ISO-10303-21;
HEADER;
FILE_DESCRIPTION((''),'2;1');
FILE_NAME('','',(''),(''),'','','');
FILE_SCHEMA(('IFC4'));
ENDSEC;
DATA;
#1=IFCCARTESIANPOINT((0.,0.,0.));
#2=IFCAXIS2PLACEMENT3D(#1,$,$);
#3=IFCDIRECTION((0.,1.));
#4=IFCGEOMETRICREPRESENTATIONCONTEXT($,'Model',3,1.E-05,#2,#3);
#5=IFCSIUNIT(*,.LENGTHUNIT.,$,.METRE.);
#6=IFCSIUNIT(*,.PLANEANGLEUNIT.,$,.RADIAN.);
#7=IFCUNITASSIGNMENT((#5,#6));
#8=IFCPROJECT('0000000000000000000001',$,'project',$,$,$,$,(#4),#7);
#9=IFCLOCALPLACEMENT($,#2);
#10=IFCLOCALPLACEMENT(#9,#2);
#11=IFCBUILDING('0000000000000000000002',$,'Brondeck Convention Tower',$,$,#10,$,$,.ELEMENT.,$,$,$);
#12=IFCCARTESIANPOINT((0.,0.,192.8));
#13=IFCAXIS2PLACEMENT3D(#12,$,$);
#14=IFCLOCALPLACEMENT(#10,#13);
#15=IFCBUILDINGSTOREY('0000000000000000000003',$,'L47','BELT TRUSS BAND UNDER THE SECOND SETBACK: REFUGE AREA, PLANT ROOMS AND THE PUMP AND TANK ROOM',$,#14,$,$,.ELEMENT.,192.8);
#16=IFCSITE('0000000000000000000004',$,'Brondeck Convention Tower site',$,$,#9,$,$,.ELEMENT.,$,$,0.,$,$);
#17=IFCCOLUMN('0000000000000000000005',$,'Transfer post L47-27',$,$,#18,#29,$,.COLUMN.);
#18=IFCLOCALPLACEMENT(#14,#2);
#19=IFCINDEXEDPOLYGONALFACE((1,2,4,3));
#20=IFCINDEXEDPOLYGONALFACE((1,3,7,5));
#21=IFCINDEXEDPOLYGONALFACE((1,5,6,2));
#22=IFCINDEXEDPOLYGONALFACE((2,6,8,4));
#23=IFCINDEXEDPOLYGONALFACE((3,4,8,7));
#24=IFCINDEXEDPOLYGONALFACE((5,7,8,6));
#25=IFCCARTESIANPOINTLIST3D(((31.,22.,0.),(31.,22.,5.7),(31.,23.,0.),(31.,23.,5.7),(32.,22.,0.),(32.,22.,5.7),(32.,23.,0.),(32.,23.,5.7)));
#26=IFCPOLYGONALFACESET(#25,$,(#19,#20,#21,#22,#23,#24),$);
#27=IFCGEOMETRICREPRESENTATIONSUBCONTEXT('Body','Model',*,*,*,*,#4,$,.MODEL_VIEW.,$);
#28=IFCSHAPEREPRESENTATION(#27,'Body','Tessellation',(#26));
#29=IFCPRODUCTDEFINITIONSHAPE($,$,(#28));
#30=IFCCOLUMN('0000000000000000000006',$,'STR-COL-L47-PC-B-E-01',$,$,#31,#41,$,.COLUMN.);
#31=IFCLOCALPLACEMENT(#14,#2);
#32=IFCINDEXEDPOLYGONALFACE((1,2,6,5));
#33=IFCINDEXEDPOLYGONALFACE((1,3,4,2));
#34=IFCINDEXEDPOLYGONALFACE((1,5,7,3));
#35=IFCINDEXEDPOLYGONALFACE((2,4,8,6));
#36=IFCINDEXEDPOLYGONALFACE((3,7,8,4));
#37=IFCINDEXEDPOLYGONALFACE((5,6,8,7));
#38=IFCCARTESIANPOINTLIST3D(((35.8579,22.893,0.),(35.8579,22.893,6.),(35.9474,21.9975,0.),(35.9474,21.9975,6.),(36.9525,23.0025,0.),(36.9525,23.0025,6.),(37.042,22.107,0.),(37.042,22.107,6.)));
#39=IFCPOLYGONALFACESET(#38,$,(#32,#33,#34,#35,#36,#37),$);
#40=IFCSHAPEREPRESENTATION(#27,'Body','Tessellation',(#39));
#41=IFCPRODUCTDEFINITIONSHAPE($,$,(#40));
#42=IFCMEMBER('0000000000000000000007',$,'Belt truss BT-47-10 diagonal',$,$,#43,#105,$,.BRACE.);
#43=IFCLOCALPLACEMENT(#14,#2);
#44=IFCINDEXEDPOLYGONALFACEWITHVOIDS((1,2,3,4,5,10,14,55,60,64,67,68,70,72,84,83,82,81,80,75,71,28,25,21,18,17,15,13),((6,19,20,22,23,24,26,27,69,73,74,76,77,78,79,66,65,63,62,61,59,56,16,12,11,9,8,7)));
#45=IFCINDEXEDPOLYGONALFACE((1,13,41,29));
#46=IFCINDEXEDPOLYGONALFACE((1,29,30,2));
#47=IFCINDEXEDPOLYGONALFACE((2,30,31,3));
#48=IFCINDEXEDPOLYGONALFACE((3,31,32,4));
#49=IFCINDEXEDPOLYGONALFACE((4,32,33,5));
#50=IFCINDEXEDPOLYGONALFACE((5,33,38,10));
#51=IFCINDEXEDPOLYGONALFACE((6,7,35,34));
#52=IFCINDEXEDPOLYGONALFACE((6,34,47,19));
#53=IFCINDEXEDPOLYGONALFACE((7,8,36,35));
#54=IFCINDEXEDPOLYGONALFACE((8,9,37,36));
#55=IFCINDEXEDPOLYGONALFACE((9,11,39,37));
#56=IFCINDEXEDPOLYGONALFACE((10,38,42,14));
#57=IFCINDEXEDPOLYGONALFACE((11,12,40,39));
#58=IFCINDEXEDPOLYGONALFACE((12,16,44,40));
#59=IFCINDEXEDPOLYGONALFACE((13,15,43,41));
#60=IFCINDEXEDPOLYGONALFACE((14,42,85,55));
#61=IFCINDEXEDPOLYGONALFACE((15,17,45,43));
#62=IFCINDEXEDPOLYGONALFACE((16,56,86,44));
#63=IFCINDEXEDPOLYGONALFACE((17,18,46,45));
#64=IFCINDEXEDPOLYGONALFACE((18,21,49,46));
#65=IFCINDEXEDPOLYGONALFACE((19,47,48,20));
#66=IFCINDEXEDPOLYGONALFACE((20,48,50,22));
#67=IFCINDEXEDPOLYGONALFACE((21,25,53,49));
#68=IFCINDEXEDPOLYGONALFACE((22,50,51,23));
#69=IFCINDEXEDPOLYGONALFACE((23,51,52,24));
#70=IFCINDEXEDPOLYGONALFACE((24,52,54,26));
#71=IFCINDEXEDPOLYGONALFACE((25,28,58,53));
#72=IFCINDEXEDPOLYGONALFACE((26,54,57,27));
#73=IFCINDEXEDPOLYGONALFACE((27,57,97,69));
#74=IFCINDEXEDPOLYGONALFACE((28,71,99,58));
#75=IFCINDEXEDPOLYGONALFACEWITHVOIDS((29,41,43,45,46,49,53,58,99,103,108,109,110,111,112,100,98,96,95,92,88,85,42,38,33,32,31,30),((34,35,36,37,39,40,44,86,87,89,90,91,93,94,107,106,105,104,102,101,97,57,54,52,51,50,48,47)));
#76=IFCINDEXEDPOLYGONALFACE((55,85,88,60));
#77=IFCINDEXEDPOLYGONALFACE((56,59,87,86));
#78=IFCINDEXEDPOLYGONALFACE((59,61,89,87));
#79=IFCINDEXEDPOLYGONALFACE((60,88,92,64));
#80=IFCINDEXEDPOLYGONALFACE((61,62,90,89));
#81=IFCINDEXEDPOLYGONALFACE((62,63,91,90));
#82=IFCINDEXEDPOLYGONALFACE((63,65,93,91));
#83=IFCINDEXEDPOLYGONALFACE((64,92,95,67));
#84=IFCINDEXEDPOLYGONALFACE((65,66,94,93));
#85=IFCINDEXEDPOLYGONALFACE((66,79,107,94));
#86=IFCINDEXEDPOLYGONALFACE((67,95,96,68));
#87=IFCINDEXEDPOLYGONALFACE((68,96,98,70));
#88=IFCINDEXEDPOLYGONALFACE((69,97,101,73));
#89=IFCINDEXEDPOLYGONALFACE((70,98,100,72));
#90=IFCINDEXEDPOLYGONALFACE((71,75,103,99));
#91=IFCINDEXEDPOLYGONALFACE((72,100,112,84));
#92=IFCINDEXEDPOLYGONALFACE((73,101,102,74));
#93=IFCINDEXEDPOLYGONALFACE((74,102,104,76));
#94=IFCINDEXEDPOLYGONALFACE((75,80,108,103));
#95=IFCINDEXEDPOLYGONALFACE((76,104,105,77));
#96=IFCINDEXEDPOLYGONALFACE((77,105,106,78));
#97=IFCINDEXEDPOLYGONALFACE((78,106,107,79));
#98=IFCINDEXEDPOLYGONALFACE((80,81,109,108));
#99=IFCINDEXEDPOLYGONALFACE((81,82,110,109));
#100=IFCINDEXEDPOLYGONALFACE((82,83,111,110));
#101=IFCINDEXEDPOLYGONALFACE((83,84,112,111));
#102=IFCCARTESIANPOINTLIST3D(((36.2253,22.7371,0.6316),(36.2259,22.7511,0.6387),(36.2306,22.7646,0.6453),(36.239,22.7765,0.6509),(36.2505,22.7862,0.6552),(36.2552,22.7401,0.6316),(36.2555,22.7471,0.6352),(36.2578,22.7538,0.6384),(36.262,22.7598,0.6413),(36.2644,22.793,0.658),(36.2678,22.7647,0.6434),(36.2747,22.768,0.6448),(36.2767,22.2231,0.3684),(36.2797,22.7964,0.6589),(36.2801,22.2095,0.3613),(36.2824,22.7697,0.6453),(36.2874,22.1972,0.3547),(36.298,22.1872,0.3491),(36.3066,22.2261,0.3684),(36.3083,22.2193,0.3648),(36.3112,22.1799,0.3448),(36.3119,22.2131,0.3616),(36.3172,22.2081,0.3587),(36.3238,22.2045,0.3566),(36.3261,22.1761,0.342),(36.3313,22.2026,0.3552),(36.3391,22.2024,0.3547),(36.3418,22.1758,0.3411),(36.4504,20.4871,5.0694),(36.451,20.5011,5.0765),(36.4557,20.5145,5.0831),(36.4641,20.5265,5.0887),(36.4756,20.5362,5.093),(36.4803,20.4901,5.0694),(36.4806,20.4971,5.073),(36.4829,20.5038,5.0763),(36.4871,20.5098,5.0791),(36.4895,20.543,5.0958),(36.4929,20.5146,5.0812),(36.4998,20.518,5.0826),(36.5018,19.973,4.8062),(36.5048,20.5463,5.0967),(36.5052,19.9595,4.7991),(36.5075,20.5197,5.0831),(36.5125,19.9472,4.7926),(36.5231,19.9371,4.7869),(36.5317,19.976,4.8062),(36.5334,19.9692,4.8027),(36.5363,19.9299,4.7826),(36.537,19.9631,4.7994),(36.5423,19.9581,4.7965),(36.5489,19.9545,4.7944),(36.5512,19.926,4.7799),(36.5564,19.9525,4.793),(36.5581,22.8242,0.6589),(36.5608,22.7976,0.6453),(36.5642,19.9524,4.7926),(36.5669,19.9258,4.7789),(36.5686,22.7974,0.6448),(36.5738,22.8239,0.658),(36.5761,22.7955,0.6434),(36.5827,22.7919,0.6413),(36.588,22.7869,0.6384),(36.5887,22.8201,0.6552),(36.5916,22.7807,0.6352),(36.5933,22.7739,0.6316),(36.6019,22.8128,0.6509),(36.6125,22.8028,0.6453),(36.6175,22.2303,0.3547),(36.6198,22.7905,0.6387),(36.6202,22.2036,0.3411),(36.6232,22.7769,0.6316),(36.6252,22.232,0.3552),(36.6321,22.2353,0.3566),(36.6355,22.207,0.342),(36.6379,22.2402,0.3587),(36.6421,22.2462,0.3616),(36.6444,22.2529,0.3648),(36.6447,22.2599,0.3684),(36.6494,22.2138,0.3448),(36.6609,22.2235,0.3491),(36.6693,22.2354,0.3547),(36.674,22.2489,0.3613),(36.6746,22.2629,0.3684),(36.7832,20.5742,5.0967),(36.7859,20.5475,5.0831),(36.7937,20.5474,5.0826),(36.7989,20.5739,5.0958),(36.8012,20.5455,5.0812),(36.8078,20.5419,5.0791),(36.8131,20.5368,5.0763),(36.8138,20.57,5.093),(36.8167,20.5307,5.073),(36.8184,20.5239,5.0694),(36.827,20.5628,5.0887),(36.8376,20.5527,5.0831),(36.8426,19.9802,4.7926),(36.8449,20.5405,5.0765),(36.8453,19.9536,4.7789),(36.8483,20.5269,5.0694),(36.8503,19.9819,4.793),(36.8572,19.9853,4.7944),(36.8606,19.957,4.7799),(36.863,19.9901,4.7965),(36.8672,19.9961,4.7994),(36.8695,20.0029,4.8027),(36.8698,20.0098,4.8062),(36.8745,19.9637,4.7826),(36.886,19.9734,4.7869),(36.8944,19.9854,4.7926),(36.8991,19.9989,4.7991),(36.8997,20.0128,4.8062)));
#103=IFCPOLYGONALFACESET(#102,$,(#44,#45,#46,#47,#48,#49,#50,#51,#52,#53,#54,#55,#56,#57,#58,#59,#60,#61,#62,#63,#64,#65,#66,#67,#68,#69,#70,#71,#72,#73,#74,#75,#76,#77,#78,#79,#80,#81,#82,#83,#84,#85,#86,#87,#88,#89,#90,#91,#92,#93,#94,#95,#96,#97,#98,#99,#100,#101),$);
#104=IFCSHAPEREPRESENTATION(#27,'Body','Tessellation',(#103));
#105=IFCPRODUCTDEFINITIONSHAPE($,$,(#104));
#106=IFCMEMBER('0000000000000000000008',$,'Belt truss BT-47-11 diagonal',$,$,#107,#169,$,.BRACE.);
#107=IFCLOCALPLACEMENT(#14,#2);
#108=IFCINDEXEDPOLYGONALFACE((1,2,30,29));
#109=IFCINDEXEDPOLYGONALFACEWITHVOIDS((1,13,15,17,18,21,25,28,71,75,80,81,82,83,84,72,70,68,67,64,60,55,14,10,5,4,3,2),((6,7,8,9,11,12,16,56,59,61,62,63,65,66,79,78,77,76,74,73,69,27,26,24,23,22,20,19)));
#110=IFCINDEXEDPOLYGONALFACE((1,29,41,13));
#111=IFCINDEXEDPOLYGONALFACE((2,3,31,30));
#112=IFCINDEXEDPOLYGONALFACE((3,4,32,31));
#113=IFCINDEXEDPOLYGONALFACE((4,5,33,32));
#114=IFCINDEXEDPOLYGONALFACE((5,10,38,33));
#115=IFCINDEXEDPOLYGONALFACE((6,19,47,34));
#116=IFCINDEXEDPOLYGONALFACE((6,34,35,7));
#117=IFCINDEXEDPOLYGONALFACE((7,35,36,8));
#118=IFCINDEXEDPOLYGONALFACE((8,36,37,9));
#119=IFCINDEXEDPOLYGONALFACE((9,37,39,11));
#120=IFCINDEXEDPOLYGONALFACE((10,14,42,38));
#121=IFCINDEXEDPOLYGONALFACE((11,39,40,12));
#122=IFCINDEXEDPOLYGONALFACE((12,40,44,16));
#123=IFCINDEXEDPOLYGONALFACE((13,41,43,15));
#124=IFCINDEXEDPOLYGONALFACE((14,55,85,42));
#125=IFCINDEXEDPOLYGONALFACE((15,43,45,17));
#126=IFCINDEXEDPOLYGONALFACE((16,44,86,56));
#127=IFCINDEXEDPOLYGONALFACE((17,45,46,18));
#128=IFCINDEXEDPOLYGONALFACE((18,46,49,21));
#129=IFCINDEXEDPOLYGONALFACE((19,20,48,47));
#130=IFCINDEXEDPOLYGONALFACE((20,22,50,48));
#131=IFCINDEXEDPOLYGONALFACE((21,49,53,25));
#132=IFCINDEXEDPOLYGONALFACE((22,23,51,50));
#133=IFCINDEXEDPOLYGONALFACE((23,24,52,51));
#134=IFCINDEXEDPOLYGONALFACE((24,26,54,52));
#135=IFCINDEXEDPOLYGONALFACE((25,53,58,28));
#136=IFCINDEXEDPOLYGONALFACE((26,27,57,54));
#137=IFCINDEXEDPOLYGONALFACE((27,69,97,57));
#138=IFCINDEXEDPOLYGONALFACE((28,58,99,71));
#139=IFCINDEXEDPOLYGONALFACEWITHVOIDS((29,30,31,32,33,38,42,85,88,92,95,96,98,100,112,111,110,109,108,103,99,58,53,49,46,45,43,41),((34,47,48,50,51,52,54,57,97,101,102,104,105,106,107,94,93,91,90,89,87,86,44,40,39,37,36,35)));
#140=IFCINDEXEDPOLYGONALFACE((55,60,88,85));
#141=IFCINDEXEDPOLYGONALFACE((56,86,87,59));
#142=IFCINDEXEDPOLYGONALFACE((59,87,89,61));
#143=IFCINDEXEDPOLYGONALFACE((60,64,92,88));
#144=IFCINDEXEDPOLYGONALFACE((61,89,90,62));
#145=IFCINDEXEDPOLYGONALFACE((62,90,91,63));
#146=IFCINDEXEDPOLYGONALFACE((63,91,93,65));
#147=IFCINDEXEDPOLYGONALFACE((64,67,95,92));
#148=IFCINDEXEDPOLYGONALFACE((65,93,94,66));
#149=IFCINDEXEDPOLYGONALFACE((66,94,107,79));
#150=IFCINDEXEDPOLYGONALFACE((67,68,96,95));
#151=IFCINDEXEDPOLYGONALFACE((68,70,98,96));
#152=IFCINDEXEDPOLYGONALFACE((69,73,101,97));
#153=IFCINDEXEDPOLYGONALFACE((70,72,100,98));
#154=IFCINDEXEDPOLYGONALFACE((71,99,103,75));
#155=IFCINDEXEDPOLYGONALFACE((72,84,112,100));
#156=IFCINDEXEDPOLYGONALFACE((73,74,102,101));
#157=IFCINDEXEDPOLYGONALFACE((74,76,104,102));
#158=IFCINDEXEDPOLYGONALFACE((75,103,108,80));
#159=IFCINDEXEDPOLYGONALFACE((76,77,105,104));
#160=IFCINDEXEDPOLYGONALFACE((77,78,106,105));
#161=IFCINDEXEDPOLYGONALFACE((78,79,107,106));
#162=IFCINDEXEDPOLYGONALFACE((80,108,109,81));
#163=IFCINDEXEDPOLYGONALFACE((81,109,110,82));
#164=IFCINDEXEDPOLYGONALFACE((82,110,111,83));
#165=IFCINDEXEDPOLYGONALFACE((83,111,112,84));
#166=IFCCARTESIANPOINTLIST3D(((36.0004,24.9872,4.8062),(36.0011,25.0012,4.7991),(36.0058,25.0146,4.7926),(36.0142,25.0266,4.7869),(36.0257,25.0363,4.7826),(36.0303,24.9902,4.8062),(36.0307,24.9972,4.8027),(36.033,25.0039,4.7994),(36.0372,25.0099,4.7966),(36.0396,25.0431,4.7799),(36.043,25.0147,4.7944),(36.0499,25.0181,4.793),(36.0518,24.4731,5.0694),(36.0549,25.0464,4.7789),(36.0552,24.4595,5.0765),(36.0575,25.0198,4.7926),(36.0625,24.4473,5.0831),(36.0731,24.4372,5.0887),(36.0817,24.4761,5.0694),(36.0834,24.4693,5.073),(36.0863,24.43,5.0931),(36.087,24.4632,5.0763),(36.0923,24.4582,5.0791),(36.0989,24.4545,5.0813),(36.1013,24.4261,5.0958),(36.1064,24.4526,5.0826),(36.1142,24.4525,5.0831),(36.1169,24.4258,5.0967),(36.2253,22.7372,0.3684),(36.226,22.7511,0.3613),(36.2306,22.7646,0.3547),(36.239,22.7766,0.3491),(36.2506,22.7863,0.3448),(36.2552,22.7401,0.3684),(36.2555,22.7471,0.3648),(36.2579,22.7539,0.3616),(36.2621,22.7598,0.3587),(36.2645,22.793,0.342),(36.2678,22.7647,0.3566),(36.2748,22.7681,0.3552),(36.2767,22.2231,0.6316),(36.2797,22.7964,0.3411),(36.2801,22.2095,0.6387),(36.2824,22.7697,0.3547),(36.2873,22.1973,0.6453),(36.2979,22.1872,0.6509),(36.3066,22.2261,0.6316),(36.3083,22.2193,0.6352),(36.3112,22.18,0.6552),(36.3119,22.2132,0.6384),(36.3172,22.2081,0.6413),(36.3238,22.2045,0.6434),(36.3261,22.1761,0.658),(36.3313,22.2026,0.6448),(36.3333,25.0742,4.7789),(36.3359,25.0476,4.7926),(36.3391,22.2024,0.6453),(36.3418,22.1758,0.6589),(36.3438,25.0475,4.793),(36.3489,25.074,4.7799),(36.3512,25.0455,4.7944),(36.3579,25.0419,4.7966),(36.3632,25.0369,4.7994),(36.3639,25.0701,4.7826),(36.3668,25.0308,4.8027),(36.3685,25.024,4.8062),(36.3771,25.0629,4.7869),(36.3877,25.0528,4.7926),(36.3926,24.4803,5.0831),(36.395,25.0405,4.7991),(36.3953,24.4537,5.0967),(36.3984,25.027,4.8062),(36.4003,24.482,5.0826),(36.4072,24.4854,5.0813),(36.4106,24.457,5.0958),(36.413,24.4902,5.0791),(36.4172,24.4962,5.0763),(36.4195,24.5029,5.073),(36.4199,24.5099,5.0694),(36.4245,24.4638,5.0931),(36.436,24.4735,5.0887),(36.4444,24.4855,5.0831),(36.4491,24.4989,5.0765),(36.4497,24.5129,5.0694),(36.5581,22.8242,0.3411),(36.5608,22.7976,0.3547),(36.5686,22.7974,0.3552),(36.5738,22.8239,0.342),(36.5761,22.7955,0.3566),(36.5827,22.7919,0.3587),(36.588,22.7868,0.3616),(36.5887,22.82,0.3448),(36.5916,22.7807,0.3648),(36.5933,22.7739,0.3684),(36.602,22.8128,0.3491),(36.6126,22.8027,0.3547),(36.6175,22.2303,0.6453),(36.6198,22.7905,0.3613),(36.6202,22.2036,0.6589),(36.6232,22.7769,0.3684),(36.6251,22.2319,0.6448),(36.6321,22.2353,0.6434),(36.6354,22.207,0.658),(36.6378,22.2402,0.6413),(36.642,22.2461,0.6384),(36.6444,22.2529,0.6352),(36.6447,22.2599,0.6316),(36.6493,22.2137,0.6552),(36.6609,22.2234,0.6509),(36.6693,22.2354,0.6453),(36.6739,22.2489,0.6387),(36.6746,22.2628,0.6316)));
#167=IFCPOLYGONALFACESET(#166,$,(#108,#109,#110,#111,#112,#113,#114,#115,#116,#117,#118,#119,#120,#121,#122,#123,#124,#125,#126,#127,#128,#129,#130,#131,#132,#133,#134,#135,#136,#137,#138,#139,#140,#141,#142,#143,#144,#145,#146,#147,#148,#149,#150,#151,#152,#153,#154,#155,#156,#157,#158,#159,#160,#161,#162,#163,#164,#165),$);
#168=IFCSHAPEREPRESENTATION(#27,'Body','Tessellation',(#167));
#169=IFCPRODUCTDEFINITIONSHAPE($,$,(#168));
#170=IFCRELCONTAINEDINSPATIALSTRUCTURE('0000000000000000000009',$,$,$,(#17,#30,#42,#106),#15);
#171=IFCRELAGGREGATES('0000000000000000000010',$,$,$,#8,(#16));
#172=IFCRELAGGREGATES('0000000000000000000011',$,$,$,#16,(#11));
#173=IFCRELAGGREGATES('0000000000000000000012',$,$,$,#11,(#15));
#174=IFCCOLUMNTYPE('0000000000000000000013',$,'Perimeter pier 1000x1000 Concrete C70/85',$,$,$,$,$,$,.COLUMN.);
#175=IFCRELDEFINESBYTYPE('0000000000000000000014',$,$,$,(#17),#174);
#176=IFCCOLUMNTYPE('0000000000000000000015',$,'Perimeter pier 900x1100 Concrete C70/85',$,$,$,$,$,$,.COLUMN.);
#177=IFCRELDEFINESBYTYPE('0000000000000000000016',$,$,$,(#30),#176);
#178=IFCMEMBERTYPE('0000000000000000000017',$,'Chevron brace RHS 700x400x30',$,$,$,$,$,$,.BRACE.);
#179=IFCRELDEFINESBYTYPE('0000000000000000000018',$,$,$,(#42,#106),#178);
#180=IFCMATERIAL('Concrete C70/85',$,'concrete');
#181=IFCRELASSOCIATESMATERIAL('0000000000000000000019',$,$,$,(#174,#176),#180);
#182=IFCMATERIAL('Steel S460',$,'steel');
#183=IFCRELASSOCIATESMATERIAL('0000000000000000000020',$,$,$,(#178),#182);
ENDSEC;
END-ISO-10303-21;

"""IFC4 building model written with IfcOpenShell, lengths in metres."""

from ifc_helpers import new_model, si_unit, direction, frame, origin, origin_2d, place, context, subcontext, project, spatial, rectangle, hollow_rectangle, extrude, material, material_profile, profile_set, type_object, element, save


model = new_model("IFC4")

# Units and contexts
model_context = context("Model", 3, precision=1e-05, world=origin(), true_north=direction((0.0, 1.0)))
body_context = subcontext(model_context, "Body", "Model", "MODEL_VIEW")
ifc_project = project(units=[si_unit("LENGTHUNIT", "METRE"), si_unit("PLANEANGLEUNIT", "RADIAN")], contexts=[model_context])

# Site, building, storey
site_placement = place(None, origin())
site = spatial("IfcSite", under=ifc_project, at=site_placement, Name="Brondeck Convention Tower site", CompositionType="ELEMENT", RefElevation=0.0)
building_placement = place(site_placement, origin())
building = spatial("IfcBuilding", under=site, at=building_placement, Name="Brondeck Convention Tower", CompositionType="ELEMENT")
storey_placement = place(building_placement, frame((0.0, 0.0, 192.8)))
storey = spatial("IfcBuildingStorey", under=building, at=storey_placement, Name="L47", Description="BELT TRUSS BAND UNDER THE SECOND SETBACK: REFUGE AREA, PLANT ROOMS AND THE PUMP AND TANK ROOM", CompositionType="ELEMENT", Elevation=192.8)

# Columns
ifc_material_1 = material(Name="Concrete C70/85", Category="concrete")
ifc_material_profile_1 = material_profile(ifc_material_1, rectangle(XDim=1.0, YDim=1.0, at=origin_2d()), Name="Perimeter pier 1000x1000 Concrete C70/85")
ifc_profile_set_1 = profile_set([ifc_material_profile_1], Name="Concrete C70/85")
column_type_1 = type_object("IfcColumnType", Name="Perimeter pier 1000x1000 Concrete C70/85", PredefinedType="COLUMN", material=ifc_profile_set_1)
column_1_placement = place(storey_placement, frame((31.5, 22.5, 0.0), z_axis=(0.0, 0.0, 1.0), x_axis=(1.0, 0.0, 0.0)))
element("IfcColumn", 1, at=column_1_placement, inside=storey, type_object=column_type_1, Name="Transfer post L47-27", PredefinedType="COLUMN", context=body_context, shape_type="SweptSolid", body=[
    extrude(rectangle(XDim=1.0, YDim=1.0, at=origin_2d()), origin(), (0.0, 0.0, 1.0), 5.7),
])
ifc_material_profile_2 = material_profile(ifc_material_1, rectangle(XDim=0.8999, YDim=1.1001, at=origin_2d()), Name="Perimeter pier 900x1100 Concrete C70/85")
ifc_profile_set_2 = profile_set([ifc_material_profile_2], Name="Concrete C70/85")
column_type_2 = type_object("IfcColumnType", Name="Perimeter pier 900x1100 Concrete C70/85", PredefinedType="COLUMN", material=ifc_profile_set_2)
column_2_placement = place(storey_placement, frame((36.45, 22.5, 0.0), z_axis=(0.0, 0.0, 1.0), x_axis=(-0.099504, 0.995037, 0.0)))
element("IfcColumn", 2, at=column_2_placement, inside=storey, type_object=column_type_2, Name="STR-COL-L47-PC-B-E-01", PredefinedType="COLUMN", context=body_context, shape_type="SweptSolid", body=[
    extrude(rectangle(XDim=0.8999, YDim=1.1001, at=origin_2d()), origin(), (0.0, 0.0, 1.0), 6.0),
])

# Members
ifc_material_2 = material(Name="Steel S460", Category="steel")
ifc_material_profile_3 = material_profile(ifc_material_2, hollow_rectangle(XDim=0.3999, YDim=0.7, WallThickness=0.03, InnerFilletRadius=0.03, OuterFilletRadius=0.0601, at=origin_2d()), Name="RHS 700x400x30")
ifc_profile_set_3 = profile_set([ifc_material_profile_3], Name="Steel S460")
member_type_1 = type_object("IfcMemberType", Name="Chevron brace RHS 700x400x30", PredefinedType="BRACE", material=ifc_profile_set_3)
for number, where, z_axis, x_axis, name in (
    (3, (36.45, 22.5, 0.5), (0.045195, -0.451749, 0.890999), (0.995033, 0.099546, 0.0), "Belt truss BT-47-10 diagonal"),
    (4, (36.45, 22.5, 0.5), (-0.045146, 0.45175, 0.891001), (-0.995044, -0.09944, 0.0), "Belt truss BT-47-11 diagonal"),
):
    element("IfcMember", number, at=place(storey_placement, frame(where, z_axis=z_axis, x_axis=x_axis)), inside=storey, type_object=member_type_1, Name=name, PredefinedType="BRACE", context=body_context, shape_type="SweptSolid", body=[
        extrude(hollow_rectangle(XDim=0.3999, YDim=0.7, WallThickness=0.03, InnerFilletRadius=0.03, OuterFilletRadius=0.0601, at=origin_2d()), origin(), (0.0, 0.0, 1.0), 4.9807),
    ])

save(model, "model.ifc")
